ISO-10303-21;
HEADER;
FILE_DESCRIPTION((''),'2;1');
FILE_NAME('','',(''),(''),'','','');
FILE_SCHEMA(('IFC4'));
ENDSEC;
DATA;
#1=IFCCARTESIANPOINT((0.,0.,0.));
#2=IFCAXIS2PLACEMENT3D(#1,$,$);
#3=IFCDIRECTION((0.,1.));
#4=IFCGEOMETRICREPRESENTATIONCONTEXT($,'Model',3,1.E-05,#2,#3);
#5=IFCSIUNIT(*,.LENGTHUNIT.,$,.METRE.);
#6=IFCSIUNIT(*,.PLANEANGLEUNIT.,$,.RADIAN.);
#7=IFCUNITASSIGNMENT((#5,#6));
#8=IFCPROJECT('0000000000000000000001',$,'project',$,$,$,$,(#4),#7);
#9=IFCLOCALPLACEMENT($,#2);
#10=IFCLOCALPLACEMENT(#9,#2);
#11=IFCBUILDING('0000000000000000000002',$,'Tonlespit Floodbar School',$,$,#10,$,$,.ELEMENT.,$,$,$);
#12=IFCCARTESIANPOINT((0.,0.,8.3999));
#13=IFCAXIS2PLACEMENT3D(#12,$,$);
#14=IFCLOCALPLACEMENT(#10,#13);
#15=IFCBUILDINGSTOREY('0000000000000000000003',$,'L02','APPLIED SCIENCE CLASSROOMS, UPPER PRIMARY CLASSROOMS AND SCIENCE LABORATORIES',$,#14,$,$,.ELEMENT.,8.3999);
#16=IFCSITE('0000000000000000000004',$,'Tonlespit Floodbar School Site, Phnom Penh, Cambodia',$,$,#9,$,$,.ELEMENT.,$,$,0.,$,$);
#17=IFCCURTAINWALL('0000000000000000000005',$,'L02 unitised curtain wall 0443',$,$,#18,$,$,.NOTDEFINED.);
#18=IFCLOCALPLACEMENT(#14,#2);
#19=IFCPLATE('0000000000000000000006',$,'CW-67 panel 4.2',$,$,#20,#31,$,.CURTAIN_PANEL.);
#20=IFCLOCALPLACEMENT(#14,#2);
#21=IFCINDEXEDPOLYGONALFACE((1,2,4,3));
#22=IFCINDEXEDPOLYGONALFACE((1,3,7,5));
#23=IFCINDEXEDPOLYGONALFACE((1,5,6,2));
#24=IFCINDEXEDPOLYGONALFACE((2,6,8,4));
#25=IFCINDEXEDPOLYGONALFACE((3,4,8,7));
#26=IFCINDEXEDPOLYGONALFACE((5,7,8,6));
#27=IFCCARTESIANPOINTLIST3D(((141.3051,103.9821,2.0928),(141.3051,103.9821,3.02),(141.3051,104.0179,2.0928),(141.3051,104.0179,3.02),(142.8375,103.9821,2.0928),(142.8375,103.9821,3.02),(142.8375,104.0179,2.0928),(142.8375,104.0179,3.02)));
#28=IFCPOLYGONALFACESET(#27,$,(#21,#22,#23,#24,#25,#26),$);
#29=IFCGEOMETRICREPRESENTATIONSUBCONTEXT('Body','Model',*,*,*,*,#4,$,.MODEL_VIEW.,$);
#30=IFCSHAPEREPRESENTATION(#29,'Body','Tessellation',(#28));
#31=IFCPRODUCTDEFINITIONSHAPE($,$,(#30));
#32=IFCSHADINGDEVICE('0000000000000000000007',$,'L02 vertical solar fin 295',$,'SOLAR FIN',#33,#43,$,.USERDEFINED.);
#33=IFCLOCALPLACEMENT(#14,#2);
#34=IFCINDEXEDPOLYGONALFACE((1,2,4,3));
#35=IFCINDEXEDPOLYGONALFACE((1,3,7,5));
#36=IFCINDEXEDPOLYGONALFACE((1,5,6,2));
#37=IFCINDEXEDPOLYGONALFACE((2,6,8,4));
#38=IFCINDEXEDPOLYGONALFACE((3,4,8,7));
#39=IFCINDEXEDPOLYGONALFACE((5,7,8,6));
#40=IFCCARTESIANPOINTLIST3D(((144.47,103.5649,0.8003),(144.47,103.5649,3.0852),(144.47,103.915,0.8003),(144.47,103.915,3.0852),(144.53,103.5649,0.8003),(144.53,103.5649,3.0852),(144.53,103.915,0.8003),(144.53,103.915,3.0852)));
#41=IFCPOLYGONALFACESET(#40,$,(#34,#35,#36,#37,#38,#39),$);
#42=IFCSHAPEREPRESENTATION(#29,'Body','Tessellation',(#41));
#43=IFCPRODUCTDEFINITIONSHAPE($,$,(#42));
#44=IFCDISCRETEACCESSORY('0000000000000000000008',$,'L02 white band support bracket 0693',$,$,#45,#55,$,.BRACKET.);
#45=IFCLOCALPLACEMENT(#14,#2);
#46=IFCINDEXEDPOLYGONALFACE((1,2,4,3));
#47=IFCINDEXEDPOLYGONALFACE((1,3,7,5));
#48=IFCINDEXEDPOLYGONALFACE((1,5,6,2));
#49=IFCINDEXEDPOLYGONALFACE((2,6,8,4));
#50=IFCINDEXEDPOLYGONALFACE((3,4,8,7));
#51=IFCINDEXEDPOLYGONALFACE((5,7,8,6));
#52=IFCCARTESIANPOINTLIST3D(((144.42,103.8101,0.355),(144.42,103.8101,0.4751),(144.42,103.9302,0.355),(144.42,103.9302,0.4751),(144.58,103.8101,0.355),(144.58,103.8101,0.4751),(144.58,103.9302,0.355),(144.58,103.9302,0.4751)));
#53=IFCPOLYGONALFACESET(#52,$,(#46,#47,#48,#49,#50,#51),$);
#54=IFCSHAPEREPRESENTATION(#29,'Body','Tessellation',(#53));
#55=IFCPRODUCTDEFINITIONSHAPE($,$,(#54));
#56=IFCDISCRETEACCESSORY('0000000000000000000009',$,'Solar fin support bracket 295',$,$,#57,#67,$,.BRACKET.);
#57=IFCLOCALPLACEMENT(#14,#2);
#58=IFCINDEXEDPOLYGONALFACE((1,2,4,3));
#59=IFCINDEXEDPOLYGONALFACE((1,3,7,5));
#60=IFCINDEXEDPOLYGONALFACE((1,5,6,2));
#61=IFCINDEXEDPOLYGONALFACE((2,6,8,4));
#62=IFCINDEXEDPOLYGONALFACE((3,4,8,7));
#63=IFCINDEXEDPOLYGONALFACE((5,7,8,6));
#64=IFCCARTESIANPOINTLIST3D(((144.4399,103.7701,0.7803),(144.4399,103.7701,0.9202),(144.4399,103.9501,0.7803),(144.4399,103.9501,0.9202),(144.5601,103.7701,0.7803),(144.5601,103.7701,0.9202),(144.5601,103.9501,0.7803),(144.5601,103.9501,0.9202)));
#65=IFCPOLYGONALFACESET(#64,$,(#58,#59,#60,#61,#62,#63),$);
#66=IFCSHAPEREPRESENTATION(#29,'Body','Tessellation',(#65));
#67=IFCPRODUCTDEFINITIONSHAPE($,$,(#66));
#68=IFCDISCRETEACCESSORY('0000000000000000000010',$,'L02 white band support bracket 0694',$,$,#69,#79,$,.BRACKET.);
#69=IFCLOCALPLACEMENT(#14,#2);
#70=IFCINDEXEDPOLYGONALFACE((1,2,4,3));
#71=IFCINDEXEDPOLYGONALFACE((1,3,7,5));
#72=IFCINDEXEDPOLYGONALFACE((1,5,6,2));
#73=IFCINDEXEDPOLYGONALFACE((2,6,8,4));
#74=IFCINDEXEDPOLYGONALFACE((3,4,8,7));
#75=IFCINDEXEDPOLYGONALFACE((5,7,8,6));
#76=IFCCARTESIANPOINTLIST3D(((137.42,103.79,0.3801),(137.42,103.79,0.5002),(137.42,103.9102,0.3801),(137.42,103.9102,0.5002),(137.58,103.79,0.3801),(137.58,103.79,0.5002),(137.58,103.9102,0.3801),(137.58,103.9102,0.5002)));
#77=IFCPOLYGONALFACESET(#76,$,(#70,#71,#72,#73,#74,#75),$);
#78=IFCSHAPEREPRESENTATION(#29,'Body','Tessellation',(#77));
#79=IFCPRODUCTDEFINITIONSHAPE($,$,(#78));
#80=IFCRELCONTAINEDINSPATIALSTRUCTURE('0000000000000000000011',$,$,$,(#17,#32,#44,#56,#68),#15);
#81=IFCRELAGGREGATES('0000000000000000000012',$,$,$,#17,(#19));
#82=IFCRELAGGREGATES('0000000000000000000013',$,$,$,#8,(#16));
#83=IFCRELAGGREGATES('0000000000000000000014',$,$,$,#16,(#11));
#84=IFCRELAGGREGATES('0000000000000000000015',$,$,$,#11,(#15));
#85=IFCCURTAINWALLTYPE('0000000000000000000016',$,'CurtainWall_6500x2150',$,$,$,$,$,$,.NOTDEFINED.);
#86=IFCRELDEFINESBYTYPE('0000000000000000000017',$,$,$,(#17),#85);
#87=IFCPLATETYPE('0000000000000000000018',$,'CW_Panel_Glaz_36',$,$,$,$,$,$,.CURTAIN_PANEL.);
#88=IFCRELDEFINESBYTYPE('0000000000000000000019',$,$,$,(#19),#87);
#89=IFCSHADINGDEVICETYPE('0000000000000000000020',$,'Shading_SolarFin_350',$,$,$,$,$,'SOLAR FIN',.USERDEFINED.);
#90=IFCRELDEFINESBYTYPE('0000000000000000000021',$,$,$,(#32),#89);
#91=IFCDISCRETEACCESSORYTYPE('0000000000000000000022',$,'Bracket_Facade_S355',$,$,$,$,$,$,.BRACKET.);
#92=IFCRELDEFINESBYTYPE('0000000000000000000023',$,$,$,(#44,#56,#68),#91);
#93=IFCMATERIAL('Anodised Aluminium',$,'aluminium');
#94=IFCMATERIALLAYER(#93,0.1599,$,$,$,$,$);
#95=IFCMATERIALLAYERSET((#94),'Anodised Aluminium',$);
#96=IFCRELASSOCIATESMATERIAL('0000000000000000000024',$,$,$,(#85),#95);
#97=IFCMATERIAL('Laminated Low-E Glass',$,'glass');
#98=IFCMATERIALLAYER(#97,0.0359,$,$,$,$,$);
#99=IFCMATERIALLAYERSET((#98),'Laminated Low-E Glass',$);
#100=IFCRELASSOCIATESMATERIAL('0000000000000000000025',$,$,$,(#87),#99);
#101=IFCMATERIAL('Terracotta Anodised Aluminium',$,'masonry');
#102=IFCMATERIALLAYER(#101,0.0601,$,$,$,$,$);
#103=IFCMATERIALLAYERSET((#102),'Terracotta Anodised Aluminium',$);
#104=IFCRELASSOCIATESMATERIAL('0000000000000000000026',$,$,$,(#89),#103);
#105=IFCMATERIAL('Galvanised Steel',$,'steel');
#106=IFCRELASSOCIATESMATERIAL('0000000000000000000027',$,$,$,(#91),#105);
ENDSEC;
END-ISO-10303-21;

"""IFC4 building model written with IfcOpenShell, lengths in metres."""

from ifc_helpers import new_model, si_unit, direction, frame, origin, origin_2d, place, context, subcontext, project, spatial, rectangle, extrude, material, layer, layer_set, type_object, element, aggregate, save


model = new_model("IFC4")

# Units and contexts
model_context = context("Model", 3, precision=1e-05, world=origin(), true_north=direction((0.0, 1.0)))
body_context = subcontext(model_context, "Body", "Model", "MODEL_VIEW")
ifc_project = project(units=[si_unit("LENGTHUNIT", "METRE"), si_unit("PLANEANGLEUNIT", "RADIAN")], contexts=[model_context])

# Site, building, storey
site_placement = place(None, origin())
site = spatial("IfcSite", under=ifc_project, at=site_placement, Name="Tonlespit Floodbar School Site, Phnom Penh, Cambodia", CompositionType="ELEMENT", RefElevation=0.0)
building_placement = place(site_placement, origin())
building = spatial("IfcBuilding", under=site, at=building_placement, Name="Tonlespit Floodbar School", CompositionType="ELEMENT")
storey_placement = place(building_placement, frame((0.0, 0.0, 8.3999)))
storey = spatial("IfcBuildingStorey", under=building, at=storey_placement, Name="L02", Description="APPLIED SCIENCE CLASSROOMS, UPPER PRIMARY CLASSROOMS AND SCIENCE LABORATORIES", CompositionType="ELEMENT", Elevation=8.3999)

# Curtain wall, plate
ifc_material_1 = material(Name="Anodised Aluminium", Category="aluminium")
ifc_layer_1 = layer(ifc_material_1, 0.1599)
ifc_layer_set_1 = layer_set([ifc_layer_1], Name="Anodised Aluminium")
curtain_wall_type = type_object("IfcCurtainWallType", Name="CurtainWall_6500x2150", PredefinedType="NOTDEFINED", material=ifc_layer_set_1)
curtain_wall_placement = place(storey_placement, origin())
curtain_wall = element("IfcCurtainWall", 1, at=curtain_wall_placement, inside=storey, type_object=curtain_wall_type, Name="L02 unitised curtain wall 0443", PredefinedType="NOTDEFINED")
ifc_material_2 = material(Name="Laminated Low-E Glass", Category="glass")
ifc_layer_2 = layer(ifc_material_2, 0.0359)
ifc_layer_set_2 = layer_set([ifc_layer_2], Name="Laminated Low-E Glass")
plate_type = type_object("IfcPlateType", Name="CW_Panel_Glaz_36", PredefinedType="CURTAIN_PANEL", material=ifc_layer_set_2)
plate_1_placement = place(storey_placement, frame((142.0713, 104.0, 2.0928), z_axis=(0.0, 0.0, 1.0), x_axis=(-1.0, 0.0, 0.0)))
plate_1 = element("IfcPlate", 2, at=plate_1_placement, type_object=plate_type, Name="CW-67 panel 4.2", PredefinedType="CURTAIN_PANEL", context=body_context, shape_type="SweptSolid", body=[
    extrude(rectangle(XDim=1.5325, YDim=0.0359, at=origin_2d()), origin(), (0.0, 0.0, 1.0), 0.9272),
])
aggregate(curtain_wall, [plate_1])

# Shading device
ifc_material_3 = material(Name="Terracotta Anodised Aluminium", Category="masonry")
ifc_layer_3 = layer(ifc_material_3, 0.0601)
ifc_layer_set_3 = layer_set([ifc_layer_3], Name="Terracotta Anodised Aluminium")
shading_device_type = type_object("IfcShadingDeviceType", Name="Shading_SolarFin_350", ElementType="SOLAR FIN", PredefinedType="USERDEFINED", material=ifc_layer_set_3)
shading_device_placement = place(storey_placement, frame((144.5, 103.74, 0.8003), z_axis=(0.0, 0.0, 1.0), x_axis=(-1.0, 0.0, 0.0)))
element("IfcShadingDevice", 3, at=shading_device_placement, inside=storey, type_object=shading_device_type, Name="L02 vertical solar fin 295", ObjectType="SOLAR FIN", PredefinedType="USERDEFINED", context=body_context, shape_type="SweptSolid", body=[
    extrude(rectangle(XDim=0.0601, YDim=0.3501, at=origin_2d()), origin(), (0.0, 0.0, 1.0), 2.2849),
])

# Discrete accessories
ifc_material_4 = material(Name="Galvanised Steel", Category="steel")
discrete_accessory_type = type_object("IfcDiscreteAccessoryType", Name="Bracket_Facade_S355", PredefinedType="BRACKET", material=ifc_material_4)
discrete_accessory_1_placement = place(storey_placement, frame((144.5, 103.8701, 0.355), z_axis=(0.0, 0.0, 1.0), x_axis=(-1.0, 0.0, 0.0)))
element("IfcDiscreteAccessory", 4, at=discrete_accessory_1_placement, inside=storey, type_object=discrete_accessory_type, Name="L02 white band support bracket 0693", PredefinedType="BRACKET", context=body_context, shape_type="SweptSolid", body=[
    extrude(rectangle(XDim=0.1599, YDim=0.1201, at=origin_2d()), origin(), (0.0, 0.0, 1.0), 0.1201),
])
discrete_accessory_2_placement = place(storey_placement, frame((144.5, 103.8601, 0.7803), z_axis=(0.0, 0.0, 1.0), x_axis=(-1.0, 0.0, 0.0)))
element("IfcDiscreteAccessory", 5, at=discrete_accessory_2_placement, inside=storey, type_object=discrete_accessory_type, Name="Solar fin support bracket 295", PredefinedType="BRACKET", context=body_context, shape_type="SweptSolid", body=[
    extrude(rectangle(XDim=0.1201, YDim=0.1799, at=origin_2d()), origin(), (0.0, 0.0, 1.0), 0.1399),
])
discrete_accessory_3_placement = place(storey_placement, frame((137.5, 103.8501, 0.3801), z_axis=(0.0, 0.0, 1.0), x_axis=(-1.0, 0.0, 0.0)))
element("IfcDiscreteAccessory", 6, at=discrete_accessory_3_placement, inside=storey, type_object=discrete_accessory_type, Name="L02 white band support bracket 0694", PredefinedType="BRACKET", context=body_context, shape_type="SweptSolid", body=[
    extrude(rectangle(XDim=0.1599, YDim=0.1201, at=origin_2d()), origin(), (0.0, 0.0, 1.0), 0.1201),
])

save(model, "model.ifc")
